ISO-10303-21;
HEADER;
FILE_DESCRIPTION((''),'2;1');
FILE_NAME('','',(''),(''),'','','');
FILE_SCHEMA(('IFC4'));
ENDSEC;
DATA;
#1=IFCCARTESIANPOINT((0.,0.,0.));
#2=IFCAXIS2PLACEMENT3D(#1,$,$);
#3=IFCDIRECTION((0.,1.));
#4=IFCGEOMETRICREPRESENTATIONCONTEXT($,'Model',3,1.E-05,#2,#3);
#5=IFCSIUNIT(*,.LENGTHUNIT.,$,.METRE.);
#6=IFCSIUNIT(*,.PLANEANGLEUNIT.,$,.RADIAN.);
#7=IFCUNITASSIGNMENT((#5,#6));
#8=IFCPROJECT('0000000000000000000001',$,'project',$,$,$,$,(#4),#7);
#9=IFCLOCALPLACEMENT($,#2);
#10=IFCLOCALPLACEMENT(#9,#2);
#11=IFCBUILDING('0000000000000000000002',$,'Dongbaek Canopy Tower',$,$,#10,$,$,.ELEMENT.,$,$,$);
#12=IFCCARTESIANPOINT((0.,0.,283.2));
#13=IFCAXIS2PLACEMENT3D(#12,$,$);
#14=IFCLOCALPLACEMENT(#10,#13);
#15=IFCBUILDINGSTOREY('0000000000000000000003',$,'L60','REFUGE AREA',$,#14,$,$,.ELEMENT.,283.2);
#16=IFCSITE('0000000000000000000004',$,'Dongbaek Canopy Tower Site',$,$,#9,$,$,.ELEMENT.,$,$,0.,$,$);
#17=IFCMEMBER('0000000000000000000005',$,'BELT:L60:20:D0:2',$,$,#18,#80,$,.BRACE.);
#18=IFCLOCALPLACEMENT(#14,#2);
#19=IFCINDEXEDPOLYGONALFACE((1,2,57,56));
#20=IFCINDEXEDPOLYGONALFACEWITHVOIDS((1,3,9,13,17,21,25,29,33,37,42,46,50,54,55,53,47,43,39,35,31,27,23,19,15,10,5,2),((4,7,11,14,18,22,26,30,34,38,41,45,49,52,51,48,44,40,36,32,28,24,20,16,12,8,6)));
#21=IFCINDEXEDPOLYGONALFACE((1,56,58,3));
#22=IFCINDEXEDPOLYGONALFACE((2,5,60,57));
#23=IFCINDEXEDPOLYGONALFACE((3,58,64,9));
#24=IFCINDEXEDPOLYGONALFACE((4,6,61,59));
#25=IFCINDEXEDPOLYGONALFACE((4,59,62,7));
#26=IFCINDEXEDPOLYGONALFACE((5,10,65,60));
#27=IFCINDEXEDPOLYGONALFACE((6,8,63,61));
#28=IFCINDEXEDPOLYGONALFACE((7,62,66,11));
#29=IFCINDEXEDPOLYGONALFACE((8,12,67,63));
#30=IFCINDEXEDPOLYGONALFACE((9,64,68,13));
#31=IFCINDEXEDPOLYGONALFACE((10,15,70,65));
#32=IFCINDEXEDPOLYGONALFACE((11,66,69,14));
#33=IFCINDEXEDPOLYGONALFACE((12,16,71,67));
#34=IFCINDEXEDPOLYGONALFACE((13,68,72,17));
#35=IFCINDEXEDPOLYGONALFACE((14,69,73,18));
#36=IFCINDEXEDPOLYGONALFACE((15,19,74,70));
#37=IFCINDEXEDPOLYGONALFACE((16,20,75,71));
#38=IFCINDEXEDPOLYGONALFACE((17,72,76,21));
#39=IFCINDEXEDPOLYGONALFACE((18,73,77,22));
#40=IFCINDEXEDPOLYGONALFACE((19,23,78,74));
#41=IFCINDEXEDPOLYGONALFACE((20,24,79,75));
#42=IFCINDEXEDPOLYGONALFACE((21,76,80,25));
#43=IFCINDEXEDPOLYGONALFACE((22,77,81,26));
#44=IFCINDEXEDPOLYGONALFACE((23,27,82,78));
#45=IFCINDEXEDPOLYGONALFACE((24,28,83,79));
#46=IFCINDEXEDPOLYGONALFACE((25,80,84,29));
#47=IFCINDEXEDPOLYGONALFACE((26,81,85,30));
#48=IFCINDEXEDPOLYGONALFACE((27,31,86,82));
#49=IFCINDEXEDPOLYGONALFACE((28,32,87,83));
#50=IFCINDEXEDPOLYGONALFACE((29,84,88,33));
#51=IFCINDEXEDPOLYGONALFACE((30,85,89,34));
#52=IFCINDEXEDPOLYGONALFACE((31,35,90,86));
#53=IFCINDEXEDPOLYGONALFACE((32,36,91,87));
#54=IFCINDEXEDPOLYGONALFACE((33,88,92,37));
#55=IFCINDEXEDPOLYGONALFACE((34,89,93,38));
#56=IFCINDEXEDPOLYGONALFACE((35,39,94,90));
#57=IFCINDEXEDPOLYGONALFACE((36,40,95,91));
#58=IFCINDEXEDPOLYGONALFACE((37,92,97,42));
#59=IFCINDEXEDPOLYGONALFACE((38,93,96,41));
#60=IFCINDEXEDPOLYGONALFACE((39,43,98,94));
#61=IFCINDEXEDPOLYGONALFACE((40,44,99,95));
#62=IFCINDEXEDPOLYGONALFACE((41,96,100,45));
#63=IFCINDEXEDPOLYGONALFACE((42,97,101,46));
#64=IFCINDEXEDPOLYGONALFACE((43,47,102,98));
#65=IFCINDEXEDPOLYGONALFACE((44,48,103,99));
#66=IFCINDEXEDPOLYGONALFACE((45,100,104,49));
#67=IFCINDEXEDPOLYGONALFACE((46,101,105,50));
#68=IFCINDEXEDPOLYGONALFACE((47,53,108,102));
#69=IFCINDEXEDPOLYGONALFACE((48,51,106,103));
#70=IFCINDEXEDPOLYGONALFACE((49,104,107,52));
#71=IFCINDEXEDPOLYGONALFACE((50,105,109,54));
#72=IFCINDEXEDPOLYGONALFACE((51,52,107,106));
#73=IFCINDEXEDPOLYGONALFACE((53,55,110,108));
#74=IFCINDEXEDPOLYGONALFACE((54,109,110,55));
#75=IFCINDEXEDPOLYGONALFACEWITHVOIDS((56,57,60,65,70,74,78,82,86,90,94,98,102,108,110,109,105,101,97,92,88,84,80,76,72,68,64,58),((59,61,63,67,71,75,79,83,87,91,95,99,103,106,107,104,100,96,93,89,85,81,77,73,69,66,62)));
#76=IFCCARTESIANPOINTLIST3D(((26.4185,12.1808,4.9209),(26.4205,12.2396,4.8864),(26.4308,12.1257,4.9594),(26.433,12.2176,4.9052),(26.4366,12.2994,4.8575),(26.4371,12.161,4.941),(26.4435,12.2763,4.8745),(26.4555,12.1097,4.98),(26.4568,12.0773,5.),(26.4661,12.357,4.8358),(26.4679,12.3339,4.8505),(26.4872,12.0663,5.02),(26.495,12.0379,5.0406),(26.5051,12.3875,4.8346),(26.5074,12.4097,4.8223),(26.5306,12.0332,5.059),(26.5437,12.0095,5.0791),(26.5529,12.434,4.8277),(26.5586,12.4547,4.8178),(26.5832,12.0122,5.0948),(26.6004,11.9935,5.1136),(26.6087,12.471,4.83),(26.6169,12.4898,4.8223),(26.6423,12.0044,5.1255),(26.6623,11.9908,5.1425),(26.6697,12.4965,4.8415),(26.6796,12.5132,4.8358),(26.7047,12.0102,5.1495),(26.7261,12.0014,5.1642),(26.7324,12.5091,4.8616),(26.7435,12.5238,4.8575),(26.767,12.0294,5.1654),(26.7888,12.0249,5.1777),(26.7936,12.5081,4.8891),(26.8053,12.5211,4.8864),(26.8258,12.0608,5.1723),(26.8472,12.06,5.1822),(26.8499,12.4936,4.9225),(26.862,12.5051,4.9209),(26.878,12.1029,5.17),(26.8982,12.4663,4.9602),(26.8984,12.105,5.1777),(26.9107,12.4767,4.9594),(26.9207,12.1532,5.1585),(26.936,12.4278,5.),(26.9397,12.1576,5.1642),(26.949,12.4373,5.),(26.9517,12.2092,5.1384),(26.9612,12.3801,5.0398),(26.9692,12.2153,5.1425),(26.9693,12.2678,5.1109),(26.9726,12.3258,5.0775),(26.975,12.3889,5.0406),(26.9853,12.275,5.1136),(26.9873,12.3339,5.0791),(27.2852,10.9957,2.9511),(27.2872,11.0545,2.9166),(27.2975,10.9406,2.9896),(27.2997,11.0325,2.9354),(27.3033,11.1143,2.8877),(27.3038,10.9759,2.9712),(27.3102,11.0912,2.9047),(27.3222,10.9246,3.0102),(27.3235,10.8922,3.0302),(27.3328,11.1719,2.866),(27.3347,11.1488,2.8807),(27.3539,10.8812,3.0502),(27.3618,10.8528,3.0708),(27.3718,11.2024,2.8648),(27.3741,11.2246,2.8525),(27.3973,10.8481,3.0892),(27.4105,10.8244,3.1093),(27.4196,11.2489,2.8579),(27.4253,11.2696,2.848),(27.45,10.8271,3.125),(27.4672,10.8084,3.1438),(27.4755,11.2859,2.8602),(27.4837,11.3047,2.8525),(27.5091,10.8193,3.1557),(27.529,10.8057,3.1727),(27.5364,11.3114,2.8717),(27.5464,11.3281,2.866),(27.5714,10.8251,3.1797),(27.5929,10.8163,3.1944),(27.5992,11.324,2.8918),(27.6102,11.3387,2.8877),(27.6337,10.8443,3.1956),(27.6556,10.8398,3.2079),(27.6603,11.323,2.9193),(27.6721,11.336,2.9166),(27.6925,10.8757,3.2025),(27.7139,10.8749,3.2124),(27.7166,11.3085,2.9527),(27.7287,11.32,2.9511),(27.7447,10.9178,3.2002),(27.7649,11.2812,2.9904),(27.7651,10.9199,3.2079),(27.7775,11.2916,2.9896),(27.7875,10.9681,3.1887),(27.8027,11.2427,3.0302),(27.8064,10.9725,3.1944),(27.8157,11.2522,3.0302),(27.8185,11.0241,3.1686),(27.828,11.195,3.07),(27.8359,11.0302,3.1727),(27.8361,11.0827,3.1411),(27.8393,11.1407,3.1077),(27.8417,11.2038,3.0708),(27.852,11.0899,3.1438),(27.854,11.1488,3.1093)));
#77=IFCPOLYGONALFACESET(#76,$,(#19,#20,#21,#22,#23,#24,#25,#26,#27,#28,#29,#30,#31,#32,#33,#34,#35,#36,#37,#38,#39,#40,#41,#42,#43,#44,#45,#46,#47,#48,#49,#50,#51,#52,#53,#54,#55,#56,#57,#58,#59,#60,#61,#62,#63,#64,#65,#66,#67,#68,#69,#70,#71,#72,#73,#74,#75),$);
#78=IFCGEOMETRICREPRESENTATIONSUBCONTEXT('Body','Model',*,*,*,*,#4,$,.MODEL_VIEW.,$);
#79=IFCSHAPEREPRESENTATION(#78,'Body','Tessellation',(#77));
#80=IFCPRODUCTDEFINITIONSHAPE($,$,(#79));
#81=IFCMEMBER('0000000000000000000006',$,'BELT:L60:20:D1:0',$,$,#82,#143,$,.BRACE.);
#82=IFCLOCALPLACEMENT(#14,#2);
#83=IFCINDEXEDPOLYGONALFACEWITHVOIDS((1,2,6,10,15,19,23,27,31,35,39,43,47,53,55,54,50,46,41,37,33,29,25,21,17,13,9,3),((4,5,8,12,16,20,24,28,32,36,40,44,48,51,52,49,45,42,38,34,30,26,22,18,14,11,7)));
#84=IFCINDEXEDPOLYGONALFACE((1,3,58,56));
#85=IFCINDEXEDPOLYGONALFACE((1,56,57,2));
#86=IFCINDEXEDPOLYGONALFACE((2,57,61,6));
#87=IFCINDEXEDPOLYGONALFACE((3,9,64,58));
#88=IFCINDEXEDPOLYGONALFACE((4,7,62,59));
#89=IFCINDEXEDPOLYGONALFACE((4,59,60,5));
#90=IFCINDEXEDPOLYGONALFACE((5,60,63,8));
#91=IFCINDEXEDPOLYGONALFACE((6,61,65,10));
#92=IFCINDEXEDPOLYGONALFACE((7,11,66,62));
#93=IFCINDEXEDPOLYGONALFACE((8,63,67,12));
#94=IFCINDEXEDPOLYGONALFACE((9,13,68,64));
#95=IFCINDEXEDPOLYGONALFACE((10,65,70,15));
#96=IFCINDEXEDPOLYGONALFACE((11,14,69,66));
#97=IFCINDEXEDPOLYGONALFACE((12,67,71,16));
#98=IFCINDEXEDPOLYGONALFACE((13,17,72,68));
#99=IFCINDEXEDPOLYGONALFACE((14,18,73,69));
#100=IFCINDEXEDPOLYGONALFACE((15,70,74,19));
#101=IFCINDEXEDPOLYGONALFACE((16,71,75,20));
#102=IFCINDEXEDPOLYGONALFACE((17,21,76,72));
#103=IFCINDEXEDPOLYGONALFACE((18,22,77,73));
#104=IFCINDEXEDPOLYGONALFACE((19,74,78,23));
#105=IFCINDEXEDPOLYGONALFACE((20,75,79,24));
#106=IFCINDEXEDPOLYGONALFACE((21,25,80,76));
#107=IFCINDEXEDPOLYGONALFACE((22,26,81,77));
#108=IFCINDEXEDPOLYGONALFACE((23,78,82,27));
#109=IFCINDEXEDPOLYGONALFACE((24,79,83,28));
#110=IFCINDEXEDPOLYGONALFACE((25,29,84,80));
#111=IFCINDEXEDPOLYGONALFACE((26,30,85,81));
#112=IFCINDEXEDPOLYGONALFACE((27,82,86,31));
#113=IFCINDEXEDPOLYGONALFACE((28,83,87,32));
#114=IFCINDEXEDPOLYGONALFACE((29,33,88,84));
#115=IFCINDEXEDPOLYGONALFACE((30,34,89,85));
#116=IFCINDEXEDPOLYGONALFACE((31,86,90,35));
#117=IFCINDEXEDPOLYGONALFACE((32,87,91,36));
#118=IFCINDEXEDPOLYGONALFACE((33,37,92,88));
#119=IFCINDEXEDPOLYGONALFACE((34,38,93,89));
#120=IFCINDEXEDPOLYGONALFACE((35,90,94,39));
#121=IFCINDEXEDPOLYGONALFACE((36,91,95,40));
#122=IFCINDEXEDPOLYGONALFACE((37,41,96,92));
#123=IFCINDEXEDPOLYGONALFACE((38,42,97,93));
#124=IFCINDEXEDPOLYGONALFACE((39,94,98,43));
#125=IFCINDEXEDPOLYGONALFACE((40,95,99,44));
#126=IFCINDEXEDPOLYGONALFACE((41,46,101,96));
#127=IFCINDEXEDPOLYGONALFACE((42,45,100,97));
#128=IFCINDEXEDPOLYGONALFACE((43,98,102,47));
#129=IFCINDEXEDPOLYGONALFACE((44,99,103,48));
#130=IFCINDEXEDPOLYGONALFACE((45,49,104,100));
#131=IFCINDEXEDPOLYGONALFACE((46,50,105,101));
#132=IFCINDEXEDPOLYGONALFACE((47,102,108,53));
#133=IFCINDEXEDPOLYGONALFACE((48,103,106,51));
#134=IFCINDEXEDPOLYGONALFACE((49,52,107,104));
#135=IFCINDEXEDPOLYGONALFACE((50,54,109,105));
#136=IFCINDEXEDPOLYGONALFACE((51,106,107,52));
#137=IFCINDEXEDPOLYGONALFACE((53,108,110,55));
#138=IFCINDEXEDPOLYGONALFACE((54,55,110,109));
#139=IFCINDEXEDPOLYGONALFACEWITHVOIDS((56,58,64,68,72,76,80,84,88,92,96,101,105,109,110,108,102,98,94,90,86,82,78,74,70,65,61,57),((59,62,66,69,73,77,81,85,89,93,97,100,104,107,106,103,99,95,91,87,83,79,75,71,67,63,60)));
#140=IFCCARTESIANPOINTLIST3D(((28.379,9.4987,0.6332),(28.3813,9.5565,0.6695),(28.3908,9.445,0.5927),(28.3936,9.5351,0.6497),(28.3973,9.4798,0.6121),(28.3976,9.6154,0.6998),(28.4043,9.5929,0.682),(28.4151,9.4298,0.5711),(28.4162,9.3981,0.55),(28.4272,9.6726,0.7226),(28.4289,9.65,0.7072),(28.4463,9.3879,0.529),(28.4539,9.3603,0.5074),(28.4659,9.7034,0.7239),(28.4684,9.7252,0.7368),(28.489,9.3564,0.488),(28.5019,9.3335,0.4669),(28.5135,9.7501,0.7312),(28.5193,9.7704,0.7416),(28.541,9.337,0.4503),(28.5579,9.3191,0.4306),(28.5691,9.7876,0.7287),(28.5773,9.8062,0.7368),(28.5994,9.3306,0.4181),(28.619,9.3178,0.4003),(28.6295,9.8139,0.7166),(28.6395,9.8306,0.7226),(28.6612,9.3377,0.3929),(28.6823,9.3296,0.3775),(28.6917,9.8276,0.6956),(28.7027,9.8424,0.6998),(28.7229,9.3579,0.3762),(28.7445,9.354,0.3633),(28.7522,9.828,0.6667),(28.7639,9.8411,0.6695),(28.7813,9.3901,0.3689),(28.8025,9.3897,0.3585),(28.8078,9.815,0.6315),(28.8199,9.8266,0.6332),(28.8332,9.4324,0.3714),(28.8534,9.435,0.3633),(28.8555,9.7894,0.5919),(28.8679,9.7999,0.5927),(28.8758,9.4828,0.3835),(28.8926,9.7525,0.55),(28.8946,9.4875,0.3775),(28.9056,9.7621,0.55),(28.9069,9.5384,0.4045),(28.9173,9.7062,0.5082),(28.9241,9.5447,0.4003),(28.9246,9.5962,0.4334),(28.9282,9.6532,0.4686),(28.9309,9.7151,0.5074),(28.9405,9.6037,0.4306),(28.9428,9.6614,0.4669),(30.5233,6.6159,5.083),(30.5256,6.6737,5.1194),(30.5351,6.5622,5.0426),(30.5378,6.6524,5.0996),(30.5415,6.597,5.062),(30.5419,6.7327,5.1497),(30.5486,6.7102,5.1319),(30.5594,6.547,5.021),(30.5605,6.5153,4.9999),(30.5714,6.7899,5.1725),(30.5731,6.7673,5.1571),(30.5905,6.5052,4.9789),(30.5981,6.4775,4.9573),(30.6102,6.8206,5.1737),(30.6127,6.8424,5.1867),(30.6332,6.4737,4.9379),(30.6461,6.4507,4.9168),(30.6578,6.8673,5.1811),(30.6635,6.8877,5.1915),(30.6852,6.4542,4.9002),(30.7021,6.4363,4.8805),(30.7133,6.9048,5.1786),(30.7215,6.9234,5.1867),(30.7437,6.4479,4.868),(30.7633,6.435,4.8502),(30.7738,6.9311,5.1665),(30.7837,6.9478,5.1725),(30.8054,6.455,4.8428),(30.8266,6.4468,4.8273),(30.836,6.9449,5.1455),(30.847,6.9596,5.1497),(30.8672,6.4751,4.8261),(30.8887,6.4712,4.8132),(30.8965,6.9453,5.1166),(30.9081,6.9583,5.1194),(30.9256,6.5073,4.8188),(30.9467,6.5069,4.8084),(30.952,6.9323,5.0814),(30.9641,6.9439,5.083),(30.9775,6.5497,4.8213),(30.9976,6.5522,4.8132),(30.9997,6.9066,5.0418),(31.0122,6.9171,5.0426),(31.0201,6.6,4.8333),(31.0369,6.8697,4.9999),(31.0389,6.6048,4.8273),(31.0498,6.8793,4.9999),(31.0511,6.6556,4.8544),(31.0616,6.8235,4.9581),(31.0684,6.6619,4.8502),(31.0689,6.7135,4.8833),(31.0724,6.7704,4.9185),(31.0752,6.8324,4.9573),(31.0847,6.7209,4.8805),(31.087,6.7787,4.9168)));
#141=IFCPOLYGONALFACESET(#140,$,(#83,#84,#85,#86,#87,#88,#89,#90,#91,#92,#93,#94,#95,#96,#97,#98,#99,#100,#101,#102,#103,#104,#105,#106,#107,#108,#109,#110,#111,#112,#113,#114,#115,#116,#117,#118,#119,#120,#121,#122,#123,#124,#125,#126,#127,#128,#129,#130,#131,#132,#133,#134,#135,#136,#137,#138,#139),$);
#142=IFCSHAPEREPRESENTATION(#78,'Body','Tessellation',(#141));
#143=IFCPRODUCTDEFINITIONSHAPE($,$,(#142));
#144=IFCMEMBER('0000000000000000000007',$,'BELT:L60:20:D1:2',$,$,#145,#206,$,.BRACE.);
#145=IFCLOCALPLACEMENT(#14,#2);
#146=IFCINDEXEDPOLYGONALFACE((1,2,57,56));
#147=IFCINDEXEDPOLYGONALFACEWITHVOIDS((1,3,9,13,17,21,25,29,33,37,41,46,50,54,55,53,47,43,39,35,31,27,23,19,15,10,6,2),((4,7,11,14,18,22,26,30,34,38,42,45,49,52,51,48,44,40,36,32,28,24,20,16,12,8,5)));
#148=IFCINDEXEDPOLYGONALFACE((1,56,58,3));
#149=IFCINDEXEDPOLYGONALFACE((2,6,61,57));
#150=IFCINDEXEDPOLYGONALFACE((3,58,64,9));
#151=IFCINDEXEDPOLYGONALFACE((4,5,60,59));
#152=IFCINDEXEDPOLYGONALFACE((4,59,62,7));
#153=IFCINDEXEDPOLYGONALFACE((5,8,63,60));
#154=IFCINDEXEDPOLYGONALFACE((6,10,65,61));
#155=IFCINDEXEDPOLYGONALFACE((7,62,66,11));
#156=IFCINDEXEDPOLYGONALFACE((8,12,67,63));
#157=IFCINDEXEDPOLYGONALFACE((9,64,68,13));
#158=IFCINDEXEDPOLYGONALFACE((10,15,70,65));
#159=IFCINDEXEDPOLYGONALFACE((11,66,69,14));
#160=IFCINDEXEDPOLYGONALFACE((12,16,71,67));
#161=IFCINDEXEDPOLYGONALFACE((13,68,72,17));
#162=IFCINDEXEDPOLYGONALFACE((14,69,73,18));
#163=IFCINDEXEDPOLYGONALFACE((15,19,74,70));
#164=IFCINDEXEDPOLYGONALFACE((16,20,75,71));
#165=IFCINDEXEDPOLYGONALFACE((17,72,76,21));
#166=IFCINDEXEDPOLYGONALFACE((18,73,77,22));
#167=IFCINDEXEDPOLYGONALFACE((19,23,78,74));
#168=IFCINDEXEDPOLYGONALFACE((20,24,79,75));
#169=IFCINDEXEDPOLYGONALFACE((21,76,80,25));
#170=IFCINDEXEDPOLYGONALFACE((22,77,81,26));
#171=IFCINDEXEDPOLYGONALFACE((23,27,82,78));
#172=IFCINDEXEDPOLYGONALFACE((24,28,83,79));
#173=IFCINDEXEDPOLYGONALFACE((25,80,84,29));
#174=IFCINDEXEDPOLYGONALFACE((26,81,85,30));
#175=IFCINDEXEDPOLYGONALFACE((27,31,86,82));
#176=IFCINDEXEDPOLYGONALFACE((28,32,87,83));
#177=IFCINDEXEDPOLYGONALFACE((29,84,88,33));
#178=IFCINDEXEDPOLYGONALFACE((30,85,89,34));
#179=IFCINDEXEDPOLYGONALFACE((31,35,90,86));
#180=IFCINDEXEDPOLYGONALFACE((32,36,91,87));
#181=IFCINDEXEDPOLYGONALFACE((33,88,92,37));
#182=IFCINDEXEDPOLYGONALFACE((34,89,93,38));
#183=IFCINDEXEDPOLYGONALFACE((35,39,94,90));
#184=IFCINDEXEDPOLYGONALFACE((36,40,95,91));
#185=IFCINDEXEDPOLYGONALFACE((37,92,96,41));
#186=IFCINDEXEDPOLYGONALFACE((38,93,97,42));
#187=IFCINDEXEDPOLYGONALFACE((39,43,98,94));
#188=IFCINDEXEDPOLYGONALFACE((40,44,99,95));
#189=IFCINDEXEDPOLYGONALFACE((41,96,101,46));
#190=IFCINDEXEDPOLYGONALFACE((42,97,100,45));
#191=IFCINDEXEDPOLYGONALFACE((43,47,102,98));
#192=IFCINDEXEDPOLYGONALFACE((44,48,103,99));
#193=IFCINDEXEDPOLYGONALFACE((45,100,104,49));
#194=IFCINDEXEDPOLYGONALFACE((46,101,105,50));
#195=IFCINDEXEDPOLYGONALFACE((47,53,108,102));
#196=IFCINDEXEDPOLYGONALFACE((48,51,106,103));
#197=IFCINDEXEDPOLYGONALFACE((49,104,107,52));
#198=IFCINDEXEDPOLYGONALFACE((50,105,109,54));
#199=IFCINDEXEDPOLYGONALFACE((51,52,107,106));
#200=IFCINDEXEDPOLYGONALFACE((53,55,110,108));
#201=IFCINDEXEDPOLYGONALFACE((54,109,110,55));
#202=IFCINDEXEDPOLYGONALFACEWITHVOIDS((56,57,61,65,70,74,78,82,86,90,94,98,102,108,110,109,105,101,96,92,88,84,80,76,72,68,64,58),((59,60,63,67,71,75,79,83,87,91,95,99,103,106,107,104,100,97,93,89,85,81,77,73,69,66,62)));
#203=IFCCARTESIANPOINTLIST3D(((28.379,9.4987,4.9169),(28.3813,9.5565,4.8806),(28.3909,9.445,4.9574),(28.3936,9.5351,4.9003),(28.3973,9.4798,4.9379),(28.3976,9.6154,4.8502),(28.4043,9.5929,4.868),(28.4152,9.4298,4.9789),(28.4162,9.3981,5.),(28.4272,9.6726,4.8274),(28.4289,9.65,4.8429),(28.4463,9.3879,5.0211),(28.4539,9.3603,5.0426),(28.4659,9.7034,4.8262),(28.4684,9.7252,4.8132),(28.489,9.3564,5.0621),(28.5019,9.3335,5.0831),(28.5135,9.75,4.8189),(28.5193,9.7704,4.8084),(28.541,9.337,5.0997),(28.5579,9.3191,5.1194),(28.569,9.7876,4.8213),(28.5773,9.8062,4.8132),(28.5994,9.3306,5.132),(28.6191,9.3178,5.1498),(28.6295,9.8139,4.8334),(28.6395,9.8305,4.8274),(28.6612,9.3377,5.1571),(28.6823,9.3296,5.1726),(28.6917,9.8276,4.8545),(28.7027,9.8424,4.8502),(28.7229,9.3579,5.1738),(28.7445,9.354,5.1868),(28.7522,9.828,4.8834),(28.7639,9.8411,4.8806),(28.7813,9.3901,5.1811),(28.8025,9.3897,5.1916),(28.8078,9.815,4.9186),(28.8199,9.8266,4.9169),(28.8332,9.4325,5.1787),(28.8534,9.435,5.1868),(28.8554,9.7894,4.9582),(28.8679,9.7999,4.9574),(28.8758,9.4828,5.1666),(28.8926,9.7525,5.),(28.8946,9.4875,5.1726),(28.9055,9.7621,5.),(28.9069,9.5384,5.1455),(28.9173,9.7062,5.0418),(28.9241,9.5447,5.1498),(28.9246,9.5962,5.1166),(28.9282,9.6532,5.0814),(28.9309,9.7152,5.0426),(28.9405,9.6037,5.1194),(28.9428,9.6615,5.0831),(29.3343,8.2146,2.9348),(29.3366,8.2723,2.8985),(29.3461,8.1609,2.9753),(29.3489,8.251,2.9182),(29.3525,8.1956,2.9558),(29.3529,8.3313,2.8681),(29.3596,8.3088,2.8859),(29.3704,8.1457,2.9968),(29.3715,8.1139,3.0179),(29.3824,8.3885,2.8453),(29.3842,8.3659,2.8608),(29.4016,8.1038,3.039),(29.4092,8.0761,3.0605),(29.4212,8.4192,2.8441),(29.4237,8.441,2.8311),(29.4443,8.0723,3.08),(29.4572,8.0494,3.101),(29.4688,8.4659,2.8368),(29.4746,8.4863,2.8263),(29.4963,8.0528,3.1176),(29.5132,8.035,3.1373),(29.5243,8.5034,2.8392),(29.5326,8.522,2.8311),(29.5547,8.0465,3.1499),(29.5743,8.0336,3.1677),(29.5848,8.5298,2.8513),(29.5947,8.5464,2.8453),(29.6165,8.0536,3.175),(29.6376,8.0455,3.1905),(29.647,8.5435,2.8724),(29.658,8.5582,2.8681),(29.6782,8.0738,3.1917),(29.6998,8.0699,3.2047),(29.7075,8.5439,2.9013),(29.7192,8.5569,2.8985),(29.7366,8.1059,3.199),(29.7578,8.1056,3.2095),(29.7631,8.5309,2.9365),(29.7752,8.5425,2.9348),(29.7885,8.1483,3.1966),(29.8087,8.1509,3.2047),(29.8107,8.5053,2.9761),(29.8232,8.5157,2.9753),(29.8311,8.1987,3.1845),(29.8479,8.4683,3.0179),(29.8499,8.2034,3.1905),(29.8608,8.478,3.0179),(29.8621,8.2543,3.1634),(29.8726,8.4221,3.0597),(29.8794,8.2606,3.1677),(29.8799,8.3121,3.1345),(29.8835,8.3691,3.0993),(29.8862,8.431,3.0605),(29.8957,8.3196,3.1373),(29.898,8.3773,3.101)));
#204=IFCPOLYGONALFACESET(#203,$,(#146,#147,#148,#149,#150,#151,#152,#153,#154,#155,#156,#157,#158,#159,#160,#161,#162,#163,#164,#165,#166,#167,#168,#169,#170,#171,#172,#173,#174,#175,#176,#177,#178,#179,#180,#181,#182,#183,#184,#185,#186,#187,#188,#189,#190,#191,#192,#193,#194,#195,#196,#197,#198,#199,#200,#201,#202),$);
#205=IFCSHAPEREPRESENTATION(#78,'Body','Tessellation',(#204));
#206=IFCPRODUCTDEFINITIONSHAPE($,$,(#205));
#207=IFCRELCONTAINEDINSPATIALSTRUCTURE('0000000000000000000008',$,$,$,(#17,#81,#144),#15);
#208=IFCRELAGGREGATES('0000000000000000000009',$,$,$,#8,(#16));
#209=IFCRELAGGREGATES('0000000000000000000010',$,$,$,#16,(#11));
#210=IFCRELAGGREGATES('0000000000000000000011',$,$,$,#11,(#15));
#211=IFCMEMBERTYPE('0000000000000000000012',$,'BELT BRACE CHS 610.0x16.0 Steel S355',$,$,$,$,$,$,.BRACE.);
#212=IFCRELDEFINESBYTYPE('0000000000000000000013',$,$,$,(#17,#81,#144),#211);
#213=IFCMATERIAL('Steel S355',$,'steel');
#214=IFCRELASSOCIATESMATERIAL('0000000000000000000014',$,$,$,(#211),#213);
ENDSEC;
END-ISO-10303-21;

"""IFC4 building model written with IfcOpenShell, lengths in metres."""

from ifc_helpers import new_model, si_unit, direction, frame, origin, origin_2d, place, context, subcontext, project, spatial, hollow_circle, extrude, material, material_profile, profile_set, type_object, element, save


model = new_model("IFC4")

# Units and contexts
model_context = context("Model", 3, precision=1e-05, world=origin(), true_north=direction((0.0, 1.0)))
body_context = subcontext(model_context, "Body", "Model", "MODEL_VIEW")
ifc_project = project(units=[si_unit("LENGTHUNIT", "METRE"), si_unit("PLANEANGLEUNIT", "RADIAN")], contexts=[model_context])

# Site, building, storey
site_placement = place(None, origin())
site = spatial("IfcSite", under=ifc_project, at=site_placement, Name="Dongbaek Canopy Tower Site", CompositionType="ELEMENT", RefElevation=0.0)
building_placement = place(site_placement, origin())
building = spatial("IfcBuilding", under=site, at=building_placement, Name="Dongbaek Canopy Tower", CompositionType="ELEMENT")
storey_placement = place(building_placement, frame((0.0, 0.0, 283.2)))
storey = spatial("IfcBuildingStorey", under=building, at=storey_placement, Name="L60", Description="REFUGE AREA", CompositionType="ELEMENT", Elevation=283.2)

# Members
ifc_material_1 = material(Name="Steel S355", Category="steel")
ifc_material_profile_1 = material_profile(ifc_material_1, hollow_circle(Radius=0.3049, WallThickness=0.0161, at=origin_2d()), Name="BELT BRACE CHS 610.0x16.0 Steel S355")
ifc_profile_set_1 = profile_set([ifc_material_profile_1], Name="Steel S355")
member_type_1 = type_object("IfcMemberType", Name="BELT BRACE CHS 610.0x16.0 Steel S355", PredefinedType="BRACE", material=ifc_profile_set_1)
member_1_placement = place(storey_placement, frame((26.7029, 12.2573, 5.0), z_axis=(0.352791, -0.482379, -0.801779), x_axis=(0.807166, 0.590325, 0.0)))
element("IfcMember", 1, at=member_1_placement, inside=storey, type_object=member_type_1, Name="BELT:L60:20:D0:2", PredefinedType="BRACE", context=body_context, shape_type="SweptSolid", body=[
    extrude(hollow_circle(Radius=0.3049, WallThickness=0.0161, at=origin_2d()), origin(), (0.0, 0.0, 1.0), 2.4568),
])
member_2_placement = place(storey_placement, frame((28.6609, 9.5801, 0.55), z_axis=(0.37492, -0.504048, 0.778056), x_axis=(0.802375, 0.596821, 0.0)))
element("IfcMember", 2, at=member_2_placement, inside=storey, type_object=member_type_1, Name="BELT:L60:20:D1:0", PredefinedType="BRACE", context=body_context, shape_type="SweptSolid", body=[
    extrude(hollow_circle(Radius=0.3049, WallThickness=0.0161, at=origin_2d()), origin(), (0.0, 0.0, 1.0), 5.7192),
])
member_3_placement = place(storey_placement, frame((28.6609, 9.5801, 5.0), z_axis=(0.374974, -0.504054, -0.778026), x_axis=(0.802337, 0.596871, 0.0)))
element("IfcMember", 3, at=member_3_placement, inside=storey, type_object=member_type_1, Name="BELT:L60:20:D1:2", PredefinedType="BRACE", context=body_context, shape_type="SweptSolid", body=[
    extrude(hollow_circle(Radius=0.3049, WallThickness=0.0161, at=origin_2d()), origin(), (0.0, 0.0, 1.0), 2.5476),
])

save(model, "model.ifc")
